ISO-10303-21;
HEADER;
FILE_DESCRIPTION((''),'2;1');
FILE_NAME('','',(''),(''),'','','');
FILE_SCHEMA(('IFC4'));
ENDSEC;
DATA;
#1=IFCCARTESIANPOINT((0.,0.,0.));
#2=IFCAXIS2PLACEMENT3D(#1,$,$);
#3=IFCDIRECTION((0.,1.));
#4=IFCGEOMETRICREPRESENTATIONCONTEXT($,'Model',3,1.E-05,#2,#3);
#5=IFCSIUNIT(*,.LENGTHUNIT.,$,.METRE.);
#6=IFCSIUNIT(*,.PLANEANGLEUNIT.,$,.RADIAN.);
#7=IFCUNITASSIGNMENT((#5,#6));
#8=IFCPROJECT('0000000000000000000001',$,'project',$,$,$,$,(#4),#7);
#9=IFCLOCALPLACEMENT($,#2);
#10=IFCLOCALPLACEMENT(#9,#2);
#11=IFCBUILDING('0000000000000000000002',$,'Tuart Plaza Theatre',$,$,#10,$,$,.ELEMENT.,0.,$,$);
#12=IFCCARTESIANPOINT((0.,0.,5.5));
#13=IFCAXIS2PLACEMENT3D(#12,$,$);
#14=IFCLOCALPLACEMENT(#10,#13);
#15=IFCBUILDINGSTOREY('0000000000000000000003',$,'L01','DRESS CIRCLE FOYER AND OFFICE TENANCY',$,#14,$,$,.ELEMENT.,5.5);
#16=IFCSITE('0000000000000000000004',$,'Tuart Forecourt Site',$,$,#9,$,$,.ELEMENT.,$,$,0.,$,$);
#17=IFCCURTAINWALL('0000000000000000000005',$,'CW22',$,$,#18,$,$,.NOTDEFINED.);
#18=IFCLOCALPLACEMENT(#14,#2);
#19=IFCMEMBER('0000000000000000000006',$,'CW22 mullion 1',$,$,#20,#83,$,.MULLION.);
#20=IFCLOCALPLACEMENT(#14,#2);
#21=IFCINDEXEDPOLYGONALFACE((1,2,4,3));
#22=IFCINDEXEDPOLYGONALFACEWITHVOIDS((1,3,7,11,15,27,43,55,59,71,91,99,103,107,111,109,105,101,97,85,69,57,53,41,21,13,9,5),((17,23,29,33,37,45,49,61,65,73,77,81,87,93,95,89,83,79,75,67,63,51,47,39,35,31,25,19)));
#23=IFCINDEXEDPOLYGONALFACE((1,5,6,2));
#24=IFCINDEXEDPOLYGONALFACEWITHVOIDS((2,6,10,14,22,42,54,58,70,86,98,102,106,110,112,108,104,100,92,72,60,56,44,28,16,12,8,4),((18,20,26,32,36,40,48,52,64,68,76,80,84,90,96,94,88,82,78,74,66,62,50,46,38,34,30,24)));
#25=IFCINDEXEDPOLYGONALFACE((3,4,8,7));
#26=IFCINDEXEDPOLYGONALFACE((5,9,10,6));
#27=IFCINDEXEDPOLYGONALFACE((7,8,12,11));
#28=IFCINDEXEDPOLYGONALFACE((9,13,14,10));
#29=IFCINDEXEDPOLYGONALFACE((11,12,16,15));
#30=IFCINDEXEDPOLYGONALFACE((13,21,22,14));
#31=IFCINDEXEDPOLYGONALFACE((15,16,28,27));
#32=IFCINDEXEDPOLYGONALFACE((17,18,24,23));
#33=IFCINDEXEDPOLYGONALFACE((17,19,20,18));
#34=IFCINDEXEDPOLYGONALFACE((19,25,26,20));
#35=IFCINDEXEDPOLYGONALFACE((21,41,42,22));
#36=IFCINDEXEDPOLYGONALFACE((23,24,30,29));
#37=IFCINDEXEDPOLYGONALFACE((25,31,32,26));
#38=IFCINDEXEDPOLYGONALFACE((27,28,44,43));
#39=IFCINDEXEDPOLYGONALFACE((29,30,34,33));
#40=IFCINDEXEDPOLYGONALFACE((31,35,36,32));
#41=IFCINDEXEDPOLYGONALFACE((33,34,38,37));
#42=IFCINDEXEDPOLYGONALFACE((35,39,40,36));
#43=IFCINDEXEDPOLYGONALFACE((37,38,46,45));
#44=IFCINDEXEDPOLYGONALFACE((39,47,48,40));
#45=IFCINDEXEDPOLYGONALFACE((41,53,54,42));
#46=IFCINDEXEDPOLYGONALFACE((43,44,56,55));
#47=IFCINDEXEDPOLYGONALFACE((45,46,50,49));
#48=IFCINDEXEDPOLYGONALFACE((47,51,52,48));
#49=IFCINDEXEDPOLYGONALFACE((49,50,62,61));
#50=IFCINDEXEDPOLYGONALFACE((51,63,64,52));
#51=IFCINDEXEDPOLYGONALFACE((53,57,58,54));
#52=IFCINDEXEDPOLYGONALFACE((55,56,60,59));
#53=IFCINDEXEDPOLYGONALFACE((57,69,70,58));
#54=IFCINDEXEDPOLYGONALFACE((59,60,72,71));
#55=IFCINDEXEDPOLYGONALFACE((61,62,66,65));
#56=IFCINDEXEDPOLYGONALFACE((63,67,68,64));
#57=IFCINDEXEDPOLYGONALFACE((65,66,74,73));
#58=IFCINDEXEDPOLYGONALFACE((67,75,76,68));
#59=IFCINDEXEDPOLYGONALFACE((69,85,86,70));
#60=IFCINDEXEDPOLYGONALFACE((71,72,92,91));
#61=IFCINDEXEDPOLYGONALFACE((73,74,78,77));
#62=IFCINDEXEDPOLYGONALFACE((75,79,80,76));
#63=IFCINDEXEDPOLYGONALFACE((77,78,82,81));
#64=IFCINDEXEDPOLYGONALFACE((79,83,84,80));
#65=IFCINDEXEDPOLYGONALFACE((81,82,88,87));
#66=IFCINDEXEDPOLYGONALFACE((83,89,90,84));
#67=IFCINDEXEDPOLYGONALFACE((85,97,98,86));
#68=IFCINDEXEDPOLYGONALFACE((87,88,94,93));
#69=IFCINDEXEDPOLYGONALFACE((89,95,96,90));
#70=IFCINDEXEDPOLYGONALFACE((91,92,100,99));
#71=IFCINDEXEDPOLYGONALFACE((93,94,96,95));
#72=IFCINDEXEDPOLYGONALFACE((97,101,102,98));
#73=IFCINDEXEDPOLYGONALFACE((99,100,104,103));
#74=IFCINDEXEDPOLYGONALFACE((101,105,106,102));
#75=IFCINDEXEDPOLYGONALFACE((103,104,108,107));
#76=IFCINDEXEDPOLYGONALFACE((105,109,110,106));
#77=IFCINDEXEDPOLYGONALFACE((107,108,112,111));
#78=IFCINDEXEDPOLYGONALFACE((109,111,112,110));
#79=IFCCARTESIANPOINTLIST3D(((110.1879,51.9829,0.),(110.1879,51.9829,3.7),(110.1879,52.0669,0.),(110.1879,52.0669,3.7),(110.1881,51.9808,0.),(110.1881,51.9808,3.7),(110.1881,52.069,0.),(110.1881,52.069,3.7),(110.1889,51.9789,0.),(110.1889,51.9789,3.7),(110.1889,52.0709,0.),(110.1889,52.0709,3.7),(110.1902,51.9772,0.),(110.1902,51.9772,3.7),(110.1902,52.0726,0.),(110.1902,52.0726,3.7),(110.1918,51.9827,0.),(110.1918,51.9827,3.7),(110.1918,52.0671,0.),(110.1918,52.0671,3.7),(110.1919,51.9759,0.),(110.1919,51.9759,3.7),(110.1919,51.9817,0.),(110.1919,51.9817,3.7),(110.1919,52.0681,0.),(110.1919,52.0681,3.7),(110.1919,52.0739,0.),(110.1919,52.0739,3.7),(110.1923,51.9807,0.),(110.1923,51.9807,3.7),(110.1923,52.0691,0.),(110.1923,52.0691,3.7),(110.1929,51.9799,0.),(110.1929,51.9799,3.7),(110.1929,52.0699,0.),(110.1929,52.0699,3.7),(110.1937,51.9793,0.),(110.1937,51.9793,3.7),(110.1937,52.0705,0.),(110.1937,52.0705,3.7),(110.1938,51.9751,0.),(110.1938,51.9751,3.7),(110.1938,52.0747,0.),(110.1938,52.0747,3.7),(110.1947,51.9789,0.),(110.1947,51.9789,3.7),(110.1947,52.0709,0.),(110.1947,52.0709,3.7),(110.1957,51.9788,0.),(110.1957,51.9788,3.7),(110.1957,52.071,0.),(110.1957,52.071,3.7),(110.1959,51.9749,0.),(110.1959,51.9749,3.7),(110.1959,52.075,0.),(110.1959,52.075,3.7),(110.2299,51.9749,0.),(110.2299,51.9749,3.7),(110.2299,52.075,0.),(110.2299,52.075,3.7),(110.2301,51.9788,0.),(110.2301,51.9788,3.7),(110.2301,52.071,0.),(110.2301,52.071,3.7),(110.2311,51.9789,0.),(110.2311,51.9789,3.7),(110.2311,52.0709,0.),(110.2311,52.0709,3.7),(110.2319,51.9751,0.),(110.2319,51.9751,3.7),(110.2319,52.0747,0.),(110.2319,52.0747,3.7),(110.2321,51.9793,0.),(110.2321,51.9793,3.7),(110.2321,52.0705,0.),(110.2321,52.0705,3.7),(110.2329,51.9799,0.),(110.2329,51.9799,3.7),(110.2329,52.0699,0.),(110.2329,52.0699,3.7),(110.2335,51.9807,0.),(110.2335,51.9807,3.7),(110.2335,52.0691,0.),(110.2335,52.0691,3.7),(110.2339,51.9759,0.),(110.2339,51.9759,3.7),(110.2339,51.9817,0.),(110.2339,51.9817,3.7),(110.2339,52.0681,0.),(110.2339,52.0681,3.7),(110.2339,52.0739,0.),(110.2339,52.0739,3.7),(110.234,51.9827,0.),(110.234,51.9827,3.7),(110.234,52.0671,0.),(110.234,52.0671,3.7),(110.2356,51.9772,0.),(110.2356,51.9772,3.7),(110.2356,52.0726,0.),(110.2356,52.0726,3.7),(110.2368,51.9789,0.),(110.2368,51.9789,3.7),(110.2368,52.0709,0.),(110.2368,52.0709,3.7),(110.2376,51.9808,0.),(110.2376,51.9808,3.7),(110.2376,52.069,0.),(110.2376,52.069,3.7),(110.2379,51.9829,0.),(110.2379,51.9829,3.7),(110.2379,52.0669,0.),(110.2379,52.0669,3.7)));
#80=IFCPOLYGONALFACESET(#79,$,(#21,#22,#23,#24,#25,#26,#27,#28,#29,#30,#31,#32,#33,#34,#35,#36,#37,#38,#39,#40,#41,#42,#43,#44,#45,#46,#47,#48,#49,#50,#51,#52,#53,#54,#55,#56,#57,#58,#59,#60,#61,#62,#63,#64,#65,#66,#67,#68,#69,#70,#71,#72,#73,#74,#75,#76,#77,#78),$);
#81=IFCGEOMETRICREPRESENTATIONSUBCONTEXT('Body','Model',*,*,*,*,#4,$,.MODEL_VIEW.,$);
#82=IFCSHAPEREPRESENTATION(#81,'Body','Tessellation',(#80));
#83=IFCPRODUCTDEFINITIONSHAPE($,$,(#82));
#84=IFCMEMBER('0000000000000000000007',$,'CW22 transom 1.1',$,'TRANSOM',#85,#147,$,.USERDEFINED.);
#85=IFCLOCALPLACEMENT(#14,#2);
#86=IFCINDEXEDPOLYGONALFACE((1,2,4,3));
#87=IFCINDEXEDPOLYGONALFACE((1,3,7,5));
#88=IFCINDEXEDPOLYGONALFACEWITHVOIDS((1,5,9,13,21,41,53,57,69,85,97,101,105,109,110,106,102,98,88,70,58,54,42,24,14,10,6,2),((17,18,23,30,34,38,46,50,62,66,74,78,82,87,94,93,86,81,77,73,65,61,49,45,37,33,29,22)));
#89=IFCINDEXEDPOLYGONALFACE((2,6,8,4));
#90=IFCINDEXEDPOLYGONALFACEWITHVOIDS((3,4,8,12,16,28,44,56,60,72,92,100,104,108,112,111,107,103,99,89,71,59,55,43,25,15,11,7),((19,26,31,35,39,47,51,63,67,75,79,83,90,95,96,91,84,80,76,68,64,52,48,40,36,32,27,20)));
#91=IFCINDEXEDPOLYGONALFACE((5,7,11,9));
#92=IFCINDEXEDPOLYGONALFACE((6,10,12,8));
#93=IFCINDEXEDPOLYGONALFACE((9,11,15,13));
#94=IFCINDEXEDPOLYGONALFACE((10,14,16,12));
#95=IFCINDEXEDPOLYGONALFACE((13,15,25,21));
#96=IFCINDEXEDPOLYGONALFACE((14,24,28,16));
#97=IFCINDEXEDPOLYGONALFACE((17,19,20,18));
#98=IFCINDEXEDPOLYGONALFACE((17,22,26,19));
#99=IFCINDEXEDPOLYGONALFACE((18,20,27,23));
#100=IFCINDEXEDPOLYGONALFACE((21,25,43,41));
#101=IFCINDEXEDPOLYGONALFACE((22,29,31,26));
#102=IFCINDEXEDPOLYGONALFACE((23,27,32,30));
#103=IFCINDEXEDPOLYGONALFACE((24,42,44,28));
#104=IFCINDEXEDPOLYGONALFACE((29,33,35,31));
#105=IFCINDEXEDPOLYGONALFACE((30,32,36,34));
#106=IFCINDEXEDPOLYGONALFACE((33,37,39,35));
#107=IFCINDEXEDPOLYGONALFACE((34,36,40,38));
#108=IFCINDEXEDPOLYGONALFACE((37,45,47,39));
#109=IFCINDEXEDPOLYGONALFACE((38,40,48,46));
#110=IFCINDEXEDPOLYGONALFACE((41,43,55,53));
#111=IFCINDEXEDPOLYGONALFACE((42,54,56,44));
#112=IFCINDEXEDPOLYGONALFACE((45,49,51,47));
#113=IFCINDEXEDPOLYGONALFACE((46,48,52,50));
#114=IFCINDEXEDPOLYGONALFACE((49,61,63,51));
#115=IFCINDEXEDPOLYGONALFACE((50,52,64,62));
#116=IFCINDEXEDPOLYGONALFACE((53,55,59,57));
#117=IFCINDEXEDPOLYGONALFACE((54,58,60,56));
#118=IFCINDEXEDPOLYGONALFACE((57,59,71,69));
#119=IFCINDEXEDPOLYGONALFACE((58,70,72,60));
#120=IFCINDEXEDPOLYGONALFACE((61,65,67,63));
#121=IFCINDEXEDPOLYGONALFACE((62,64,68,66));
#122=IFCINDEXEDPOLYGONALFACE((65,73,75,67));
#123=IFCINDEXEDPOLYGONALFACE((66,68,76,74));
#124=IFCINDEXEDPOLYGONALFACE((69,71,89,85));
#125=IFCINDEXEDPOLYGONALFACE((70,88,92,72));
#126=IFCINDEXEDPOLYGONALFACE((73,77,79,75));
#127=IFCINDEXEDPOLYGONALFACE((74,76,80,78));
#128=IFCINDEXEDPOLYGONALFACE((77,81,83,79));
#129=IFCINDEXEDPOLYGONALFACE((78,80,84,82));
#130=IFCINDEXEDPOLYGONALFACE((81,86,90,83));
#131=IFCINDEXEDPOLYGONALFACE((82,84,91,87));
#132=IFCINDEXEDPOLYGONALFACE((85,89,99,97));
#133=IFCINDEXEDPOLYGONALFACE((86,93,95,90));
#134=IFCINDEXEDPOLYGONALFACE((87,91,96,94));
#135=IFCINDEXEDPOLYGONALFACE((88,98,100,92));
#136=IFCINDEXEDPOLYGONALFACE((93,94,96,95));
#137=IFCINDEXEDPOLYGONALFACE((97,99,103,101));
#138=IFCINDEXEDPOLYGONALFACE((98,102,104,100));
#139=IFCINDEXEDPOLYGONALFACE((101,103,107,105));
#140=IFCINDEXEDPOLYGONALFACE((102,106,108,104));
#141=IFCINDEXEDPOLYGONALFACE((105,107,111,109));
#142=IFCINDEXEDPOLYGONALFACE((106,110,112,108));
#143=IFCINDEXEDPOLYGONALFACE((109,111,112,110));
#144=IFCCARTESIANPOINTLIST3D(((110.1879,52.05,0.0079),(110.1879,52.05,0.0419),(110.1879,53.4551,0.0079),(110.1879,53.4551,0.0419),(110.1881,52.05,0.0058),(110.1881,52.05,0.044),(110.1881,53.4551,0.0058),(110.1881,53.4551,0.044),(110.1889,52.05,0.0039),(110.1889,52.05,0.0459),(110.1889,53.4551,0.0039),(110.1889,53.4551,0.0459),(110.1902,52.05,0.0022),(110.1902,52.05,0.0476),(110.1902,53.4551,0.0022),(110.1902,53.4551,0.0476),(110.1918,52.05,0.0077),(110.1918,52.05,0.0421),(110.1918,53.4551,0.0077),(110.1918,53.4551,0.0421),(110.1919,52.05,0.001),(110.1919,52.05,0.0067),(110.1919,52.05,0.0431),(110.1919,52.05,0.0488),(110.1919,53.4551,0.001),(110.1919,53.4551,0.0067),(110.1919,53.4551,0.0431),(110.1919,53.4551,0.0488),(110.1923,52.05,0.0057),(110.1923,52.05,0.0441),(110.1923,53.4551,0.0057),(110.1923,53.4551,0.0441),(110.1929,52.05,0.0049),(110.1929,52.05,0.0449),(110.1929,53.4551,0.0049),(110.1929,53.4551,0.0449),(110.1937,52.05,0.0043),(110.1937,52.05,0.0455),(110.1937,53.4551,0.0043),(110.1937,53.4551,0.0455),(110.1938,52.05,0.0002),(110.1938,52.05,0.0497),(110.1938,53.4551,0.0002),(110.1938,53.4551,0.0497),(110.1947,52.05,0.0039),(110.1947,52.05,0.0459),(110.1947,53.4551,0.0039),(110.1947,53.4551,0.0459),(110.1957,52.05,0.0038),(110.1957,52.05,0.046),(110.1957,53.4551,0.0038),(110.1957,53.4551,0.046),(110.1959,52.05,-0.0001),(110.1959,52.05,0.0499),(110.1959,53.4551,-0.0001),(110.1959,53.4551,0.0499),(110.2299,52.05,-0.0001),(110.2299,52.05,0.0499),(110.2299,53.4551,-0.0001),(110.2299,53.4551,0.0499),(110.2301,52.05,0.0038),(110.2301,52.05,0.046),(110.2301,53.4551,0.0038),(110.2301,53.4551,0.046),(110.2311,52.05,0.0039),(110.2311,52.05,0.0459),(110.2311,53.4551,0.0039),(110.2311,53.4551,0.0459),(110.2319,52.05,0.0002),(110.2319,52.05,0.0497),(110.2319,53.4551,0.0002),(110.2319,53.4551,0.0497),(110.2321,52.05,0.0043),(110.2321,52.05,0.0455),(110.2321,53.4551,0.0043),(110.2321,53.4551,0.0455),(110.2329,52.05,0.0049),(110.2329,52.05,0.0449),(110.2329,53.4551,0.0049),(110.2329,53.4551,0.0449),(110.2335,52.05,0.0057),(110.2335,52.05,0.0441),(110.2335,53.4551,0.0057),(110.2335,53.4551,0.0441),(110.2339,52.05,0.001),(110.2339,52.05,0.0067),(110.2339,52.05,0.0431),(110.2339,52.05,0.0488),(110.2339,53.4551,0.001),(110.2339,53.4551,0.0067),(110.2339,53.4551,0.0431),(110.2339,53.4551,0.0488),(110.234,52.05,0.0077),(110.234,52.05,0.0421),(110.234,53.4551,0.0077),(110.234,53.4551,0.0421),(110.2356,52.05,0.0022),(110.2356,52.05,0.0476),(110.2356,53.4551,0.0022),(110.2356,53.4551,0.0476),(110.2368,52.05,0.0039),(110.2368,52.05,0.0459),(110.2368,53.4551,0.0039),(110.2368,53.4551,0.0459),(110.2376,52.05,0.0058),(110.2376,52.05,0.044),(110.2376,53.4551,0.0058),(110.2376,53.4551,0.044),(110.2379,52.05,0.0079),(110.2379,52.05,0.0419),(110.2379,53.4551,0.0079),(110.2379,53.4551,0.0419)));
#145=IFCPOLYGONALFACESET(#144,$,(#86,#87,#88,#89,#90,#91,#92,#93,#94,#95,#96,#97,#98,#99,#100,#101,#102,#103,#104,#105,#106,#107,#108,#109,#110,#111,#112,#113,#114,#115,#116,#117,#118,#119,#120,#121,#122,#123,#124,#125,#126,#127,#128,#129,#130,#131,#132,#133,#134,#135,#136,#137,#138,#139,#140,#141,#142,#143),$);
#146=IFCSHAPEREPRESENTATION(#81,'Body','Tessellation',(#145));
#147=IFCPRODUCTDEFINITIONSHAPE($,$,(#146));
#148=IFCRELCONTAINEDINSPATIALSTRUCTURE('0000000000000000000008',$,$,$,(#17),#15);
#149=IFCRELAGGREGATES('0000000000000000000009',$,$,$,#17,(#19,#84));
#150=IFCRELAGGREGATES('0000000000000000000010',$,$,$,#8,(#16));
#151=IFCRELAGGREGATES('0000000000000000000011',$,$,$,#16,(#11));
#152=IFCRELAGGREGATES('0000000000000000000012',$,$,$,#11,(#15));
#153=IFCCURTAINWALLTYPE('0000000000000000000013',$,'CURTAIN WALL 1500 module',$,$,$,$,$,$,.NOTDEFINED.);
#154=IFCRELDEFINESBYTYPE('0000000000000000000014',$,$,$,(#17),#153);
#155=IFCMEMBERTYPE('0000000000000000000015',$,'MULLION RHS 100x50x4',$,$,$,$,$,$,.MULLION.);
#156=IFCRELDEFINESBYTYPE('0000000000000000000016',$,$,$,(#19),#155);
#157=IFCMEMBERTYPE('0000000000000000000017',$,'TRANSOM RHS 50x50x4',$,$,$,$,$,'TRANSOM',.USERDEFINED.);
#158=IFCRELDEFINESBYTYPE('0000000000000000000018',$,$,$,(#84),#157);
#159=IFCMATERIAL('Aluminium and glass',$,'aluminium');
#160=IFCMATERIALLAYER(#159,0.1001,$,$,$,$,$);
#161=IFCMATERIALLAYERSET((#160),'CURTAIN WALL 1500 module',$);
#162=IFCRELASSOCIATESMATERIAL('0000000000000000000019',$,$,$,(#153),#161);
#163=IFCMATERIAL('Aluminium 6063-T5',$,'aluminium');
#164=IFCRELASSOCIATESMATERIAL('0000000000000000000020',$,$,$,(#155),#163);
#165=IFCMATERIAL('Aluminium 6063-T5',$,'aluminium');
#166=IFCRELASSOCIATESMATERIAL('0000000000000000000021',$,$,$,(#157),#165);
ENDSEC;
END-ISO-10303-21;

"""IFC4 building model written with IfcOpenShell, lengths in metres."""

from ifc_helpers import new_model, si_unit, direction, frame, origin, origin_2d, place, context, subcontext, project, spatial, hollow_rectangle, extrude, material, layer, layer_set, material_profile, profile_set, type_object, element, aggregate, save


model = new_model("IFC4")

# Units and contexts
model_context = context("Model", 3, precision=1e-05, world=origin(), true_north=direction((0.0, 1.0)))
body_context = subcontext(model_context, "Body", "Model", "MODEL_VIEW")
ifc_project = project(units=[si_unit("LENGTHUNIT", "METRE"), si_unit("PLANEANGLEUNIT", "RADIAN")], contexts=[model_context])

# Site, building, storey
site_placement = place(None, origin())
site = spatial("IfcSite", under=ifc_project, at=site_placement, Name="Tuart Forecourt Site", CompositionType="ELEMENT", RefElevation=0.0)
building_placement = place(site_placement, origin())
building = spatial("IfcBuilding", under=site, at=building_placement, Name="Tuart Plaza Theatre", CompositionType="ELEMENT", ElevationOfRefHeight=0.0)
storey_placement = place(building_placement, frame((0.0, 0.0, 5.5)))
storey = spatial("IfcBuildingStorey", under=building, at=storey_placement, Name="L01", Description="DRESS CIRCLE FOYER AND OFFICE TENANCY", CompositionType="ELEMENT", Elevation=5.5)

# Curtain wall, members
ifc_material_1 = material(Name="Aluminium and glass", Category="aluminium")
ifc_layer_1 = layer(ifc_material_1, 0.1001)
ifc_layer_set_1 = layer_set([ifc_layer_1], Name="CURTAIN WALL 1500 module")
curtain_wall_type = type_object("IfcCurtainWallType", Name="CURTAIN WALL 1500 module", PredefinedType="NOTDEFINED", material=ifc_layer_set_1)
curtain_wall_placement = place(storey_placement, origin())
curtain_wall = element("IfcCurtainWall", 1, at=curtain_wall_placement, inside=storey, type_object=curtain_wall_type, Name="CW22", PredefinedType="NOTDEFINED")
ifc_material_2 = material(Name="Aluminium 6063-T5", Category="aluminium")
ifc_material_profile_1 = material_profile(ifc_material_2, hollow_rectangle(XDim=0.05, YDim=0.1001, WallThickness=0.0039, InnerFilletRadius=0.0039, OuterFilletRadius=0.0081, at=origin_2d()), Name="RHS 100x50x4")
ifc_profile_set_1 = profile_set([ifc_material_profile_1], Name="Aluminium 6063-T5")
member_type_1 = type_object("IfcMemberType", Name="MULLION RHS 100x50x4", PredefinedType="MULLION", material=ifc_profile_set_1)
member_1_placement = place(storey_placement, frame((110.2129, 52.0249, 0.0), z_axis=(0.0, 0.0, 1.0), x_axis=(-1.0, 0.0, 0.0)))
member_1 = element("IfcMember", 2, at=member_1_placement, type_object=member_type_1, Name="CW22 mullion 1", PredefinedType="MULLION", context=body_context, shape_type="SweptSolid", body=[
    extrude(hollow_rectangle(XDim=0.05, YDim=0.1001, WallThickness=0.0039, InnerFilletRadius=0.0039, OuterFilletRadius=0.0081, at=origin_2d()), origin(), (0.0, 0.0, 1.0), 3.7),
])
ifc_material_3 = material(Name="Aluminium 6063-T5", Category="aluminium")
ifc_material_profile_2 = material_profile(ifc_material_3, hollow_rectangle(XDim=0.05, YDim=0.05, WallThickness=0.0039, InnerFilletRadius=0.0039, OuterFilletRadius=0.0081, at=origin_2d()), Name="RHS 50x50x4")
ifc_profile_set_2 = profile_set([ifc_material_profile_2], Name="Aluminium 6063-T5")
member_type_2 = type_object("IfcMemberType", Name="TRANSOM RHS 50x50x4", ElementType="TRANSOM", PredefinedType="USERDEFINED", material=ifc_profile_set_2)
member_2_placement = place(storey_placement, frame((110.2129, 52.05, 0.0249), z_axis=(0.0, 1.0, 0.0), x_axis=(-1.0, 0.0, 0.0)))
member_2 = element("IfcMember", 3, at=member_2_placement, type_object=member_type_2, Name="CW22 transom 1.1", ObjectType="TRANSOM", PredefinedType="USERDEFINED", context=body_context, shape_type="SweptSolid", body=[
    extrude(hollow_rectangle(XDim=0.05, YDim=0.05, WallThickness=0.0039, InnerFilletRadius=0.0039, OuterFilletRadius=0.0081, at=origin_2d()), origin(), (0.0, 0.0, 1.0), 1.405),
])
aggregate(curtain_wall, [member_1, member_2])

save(model, "model.ifc")
